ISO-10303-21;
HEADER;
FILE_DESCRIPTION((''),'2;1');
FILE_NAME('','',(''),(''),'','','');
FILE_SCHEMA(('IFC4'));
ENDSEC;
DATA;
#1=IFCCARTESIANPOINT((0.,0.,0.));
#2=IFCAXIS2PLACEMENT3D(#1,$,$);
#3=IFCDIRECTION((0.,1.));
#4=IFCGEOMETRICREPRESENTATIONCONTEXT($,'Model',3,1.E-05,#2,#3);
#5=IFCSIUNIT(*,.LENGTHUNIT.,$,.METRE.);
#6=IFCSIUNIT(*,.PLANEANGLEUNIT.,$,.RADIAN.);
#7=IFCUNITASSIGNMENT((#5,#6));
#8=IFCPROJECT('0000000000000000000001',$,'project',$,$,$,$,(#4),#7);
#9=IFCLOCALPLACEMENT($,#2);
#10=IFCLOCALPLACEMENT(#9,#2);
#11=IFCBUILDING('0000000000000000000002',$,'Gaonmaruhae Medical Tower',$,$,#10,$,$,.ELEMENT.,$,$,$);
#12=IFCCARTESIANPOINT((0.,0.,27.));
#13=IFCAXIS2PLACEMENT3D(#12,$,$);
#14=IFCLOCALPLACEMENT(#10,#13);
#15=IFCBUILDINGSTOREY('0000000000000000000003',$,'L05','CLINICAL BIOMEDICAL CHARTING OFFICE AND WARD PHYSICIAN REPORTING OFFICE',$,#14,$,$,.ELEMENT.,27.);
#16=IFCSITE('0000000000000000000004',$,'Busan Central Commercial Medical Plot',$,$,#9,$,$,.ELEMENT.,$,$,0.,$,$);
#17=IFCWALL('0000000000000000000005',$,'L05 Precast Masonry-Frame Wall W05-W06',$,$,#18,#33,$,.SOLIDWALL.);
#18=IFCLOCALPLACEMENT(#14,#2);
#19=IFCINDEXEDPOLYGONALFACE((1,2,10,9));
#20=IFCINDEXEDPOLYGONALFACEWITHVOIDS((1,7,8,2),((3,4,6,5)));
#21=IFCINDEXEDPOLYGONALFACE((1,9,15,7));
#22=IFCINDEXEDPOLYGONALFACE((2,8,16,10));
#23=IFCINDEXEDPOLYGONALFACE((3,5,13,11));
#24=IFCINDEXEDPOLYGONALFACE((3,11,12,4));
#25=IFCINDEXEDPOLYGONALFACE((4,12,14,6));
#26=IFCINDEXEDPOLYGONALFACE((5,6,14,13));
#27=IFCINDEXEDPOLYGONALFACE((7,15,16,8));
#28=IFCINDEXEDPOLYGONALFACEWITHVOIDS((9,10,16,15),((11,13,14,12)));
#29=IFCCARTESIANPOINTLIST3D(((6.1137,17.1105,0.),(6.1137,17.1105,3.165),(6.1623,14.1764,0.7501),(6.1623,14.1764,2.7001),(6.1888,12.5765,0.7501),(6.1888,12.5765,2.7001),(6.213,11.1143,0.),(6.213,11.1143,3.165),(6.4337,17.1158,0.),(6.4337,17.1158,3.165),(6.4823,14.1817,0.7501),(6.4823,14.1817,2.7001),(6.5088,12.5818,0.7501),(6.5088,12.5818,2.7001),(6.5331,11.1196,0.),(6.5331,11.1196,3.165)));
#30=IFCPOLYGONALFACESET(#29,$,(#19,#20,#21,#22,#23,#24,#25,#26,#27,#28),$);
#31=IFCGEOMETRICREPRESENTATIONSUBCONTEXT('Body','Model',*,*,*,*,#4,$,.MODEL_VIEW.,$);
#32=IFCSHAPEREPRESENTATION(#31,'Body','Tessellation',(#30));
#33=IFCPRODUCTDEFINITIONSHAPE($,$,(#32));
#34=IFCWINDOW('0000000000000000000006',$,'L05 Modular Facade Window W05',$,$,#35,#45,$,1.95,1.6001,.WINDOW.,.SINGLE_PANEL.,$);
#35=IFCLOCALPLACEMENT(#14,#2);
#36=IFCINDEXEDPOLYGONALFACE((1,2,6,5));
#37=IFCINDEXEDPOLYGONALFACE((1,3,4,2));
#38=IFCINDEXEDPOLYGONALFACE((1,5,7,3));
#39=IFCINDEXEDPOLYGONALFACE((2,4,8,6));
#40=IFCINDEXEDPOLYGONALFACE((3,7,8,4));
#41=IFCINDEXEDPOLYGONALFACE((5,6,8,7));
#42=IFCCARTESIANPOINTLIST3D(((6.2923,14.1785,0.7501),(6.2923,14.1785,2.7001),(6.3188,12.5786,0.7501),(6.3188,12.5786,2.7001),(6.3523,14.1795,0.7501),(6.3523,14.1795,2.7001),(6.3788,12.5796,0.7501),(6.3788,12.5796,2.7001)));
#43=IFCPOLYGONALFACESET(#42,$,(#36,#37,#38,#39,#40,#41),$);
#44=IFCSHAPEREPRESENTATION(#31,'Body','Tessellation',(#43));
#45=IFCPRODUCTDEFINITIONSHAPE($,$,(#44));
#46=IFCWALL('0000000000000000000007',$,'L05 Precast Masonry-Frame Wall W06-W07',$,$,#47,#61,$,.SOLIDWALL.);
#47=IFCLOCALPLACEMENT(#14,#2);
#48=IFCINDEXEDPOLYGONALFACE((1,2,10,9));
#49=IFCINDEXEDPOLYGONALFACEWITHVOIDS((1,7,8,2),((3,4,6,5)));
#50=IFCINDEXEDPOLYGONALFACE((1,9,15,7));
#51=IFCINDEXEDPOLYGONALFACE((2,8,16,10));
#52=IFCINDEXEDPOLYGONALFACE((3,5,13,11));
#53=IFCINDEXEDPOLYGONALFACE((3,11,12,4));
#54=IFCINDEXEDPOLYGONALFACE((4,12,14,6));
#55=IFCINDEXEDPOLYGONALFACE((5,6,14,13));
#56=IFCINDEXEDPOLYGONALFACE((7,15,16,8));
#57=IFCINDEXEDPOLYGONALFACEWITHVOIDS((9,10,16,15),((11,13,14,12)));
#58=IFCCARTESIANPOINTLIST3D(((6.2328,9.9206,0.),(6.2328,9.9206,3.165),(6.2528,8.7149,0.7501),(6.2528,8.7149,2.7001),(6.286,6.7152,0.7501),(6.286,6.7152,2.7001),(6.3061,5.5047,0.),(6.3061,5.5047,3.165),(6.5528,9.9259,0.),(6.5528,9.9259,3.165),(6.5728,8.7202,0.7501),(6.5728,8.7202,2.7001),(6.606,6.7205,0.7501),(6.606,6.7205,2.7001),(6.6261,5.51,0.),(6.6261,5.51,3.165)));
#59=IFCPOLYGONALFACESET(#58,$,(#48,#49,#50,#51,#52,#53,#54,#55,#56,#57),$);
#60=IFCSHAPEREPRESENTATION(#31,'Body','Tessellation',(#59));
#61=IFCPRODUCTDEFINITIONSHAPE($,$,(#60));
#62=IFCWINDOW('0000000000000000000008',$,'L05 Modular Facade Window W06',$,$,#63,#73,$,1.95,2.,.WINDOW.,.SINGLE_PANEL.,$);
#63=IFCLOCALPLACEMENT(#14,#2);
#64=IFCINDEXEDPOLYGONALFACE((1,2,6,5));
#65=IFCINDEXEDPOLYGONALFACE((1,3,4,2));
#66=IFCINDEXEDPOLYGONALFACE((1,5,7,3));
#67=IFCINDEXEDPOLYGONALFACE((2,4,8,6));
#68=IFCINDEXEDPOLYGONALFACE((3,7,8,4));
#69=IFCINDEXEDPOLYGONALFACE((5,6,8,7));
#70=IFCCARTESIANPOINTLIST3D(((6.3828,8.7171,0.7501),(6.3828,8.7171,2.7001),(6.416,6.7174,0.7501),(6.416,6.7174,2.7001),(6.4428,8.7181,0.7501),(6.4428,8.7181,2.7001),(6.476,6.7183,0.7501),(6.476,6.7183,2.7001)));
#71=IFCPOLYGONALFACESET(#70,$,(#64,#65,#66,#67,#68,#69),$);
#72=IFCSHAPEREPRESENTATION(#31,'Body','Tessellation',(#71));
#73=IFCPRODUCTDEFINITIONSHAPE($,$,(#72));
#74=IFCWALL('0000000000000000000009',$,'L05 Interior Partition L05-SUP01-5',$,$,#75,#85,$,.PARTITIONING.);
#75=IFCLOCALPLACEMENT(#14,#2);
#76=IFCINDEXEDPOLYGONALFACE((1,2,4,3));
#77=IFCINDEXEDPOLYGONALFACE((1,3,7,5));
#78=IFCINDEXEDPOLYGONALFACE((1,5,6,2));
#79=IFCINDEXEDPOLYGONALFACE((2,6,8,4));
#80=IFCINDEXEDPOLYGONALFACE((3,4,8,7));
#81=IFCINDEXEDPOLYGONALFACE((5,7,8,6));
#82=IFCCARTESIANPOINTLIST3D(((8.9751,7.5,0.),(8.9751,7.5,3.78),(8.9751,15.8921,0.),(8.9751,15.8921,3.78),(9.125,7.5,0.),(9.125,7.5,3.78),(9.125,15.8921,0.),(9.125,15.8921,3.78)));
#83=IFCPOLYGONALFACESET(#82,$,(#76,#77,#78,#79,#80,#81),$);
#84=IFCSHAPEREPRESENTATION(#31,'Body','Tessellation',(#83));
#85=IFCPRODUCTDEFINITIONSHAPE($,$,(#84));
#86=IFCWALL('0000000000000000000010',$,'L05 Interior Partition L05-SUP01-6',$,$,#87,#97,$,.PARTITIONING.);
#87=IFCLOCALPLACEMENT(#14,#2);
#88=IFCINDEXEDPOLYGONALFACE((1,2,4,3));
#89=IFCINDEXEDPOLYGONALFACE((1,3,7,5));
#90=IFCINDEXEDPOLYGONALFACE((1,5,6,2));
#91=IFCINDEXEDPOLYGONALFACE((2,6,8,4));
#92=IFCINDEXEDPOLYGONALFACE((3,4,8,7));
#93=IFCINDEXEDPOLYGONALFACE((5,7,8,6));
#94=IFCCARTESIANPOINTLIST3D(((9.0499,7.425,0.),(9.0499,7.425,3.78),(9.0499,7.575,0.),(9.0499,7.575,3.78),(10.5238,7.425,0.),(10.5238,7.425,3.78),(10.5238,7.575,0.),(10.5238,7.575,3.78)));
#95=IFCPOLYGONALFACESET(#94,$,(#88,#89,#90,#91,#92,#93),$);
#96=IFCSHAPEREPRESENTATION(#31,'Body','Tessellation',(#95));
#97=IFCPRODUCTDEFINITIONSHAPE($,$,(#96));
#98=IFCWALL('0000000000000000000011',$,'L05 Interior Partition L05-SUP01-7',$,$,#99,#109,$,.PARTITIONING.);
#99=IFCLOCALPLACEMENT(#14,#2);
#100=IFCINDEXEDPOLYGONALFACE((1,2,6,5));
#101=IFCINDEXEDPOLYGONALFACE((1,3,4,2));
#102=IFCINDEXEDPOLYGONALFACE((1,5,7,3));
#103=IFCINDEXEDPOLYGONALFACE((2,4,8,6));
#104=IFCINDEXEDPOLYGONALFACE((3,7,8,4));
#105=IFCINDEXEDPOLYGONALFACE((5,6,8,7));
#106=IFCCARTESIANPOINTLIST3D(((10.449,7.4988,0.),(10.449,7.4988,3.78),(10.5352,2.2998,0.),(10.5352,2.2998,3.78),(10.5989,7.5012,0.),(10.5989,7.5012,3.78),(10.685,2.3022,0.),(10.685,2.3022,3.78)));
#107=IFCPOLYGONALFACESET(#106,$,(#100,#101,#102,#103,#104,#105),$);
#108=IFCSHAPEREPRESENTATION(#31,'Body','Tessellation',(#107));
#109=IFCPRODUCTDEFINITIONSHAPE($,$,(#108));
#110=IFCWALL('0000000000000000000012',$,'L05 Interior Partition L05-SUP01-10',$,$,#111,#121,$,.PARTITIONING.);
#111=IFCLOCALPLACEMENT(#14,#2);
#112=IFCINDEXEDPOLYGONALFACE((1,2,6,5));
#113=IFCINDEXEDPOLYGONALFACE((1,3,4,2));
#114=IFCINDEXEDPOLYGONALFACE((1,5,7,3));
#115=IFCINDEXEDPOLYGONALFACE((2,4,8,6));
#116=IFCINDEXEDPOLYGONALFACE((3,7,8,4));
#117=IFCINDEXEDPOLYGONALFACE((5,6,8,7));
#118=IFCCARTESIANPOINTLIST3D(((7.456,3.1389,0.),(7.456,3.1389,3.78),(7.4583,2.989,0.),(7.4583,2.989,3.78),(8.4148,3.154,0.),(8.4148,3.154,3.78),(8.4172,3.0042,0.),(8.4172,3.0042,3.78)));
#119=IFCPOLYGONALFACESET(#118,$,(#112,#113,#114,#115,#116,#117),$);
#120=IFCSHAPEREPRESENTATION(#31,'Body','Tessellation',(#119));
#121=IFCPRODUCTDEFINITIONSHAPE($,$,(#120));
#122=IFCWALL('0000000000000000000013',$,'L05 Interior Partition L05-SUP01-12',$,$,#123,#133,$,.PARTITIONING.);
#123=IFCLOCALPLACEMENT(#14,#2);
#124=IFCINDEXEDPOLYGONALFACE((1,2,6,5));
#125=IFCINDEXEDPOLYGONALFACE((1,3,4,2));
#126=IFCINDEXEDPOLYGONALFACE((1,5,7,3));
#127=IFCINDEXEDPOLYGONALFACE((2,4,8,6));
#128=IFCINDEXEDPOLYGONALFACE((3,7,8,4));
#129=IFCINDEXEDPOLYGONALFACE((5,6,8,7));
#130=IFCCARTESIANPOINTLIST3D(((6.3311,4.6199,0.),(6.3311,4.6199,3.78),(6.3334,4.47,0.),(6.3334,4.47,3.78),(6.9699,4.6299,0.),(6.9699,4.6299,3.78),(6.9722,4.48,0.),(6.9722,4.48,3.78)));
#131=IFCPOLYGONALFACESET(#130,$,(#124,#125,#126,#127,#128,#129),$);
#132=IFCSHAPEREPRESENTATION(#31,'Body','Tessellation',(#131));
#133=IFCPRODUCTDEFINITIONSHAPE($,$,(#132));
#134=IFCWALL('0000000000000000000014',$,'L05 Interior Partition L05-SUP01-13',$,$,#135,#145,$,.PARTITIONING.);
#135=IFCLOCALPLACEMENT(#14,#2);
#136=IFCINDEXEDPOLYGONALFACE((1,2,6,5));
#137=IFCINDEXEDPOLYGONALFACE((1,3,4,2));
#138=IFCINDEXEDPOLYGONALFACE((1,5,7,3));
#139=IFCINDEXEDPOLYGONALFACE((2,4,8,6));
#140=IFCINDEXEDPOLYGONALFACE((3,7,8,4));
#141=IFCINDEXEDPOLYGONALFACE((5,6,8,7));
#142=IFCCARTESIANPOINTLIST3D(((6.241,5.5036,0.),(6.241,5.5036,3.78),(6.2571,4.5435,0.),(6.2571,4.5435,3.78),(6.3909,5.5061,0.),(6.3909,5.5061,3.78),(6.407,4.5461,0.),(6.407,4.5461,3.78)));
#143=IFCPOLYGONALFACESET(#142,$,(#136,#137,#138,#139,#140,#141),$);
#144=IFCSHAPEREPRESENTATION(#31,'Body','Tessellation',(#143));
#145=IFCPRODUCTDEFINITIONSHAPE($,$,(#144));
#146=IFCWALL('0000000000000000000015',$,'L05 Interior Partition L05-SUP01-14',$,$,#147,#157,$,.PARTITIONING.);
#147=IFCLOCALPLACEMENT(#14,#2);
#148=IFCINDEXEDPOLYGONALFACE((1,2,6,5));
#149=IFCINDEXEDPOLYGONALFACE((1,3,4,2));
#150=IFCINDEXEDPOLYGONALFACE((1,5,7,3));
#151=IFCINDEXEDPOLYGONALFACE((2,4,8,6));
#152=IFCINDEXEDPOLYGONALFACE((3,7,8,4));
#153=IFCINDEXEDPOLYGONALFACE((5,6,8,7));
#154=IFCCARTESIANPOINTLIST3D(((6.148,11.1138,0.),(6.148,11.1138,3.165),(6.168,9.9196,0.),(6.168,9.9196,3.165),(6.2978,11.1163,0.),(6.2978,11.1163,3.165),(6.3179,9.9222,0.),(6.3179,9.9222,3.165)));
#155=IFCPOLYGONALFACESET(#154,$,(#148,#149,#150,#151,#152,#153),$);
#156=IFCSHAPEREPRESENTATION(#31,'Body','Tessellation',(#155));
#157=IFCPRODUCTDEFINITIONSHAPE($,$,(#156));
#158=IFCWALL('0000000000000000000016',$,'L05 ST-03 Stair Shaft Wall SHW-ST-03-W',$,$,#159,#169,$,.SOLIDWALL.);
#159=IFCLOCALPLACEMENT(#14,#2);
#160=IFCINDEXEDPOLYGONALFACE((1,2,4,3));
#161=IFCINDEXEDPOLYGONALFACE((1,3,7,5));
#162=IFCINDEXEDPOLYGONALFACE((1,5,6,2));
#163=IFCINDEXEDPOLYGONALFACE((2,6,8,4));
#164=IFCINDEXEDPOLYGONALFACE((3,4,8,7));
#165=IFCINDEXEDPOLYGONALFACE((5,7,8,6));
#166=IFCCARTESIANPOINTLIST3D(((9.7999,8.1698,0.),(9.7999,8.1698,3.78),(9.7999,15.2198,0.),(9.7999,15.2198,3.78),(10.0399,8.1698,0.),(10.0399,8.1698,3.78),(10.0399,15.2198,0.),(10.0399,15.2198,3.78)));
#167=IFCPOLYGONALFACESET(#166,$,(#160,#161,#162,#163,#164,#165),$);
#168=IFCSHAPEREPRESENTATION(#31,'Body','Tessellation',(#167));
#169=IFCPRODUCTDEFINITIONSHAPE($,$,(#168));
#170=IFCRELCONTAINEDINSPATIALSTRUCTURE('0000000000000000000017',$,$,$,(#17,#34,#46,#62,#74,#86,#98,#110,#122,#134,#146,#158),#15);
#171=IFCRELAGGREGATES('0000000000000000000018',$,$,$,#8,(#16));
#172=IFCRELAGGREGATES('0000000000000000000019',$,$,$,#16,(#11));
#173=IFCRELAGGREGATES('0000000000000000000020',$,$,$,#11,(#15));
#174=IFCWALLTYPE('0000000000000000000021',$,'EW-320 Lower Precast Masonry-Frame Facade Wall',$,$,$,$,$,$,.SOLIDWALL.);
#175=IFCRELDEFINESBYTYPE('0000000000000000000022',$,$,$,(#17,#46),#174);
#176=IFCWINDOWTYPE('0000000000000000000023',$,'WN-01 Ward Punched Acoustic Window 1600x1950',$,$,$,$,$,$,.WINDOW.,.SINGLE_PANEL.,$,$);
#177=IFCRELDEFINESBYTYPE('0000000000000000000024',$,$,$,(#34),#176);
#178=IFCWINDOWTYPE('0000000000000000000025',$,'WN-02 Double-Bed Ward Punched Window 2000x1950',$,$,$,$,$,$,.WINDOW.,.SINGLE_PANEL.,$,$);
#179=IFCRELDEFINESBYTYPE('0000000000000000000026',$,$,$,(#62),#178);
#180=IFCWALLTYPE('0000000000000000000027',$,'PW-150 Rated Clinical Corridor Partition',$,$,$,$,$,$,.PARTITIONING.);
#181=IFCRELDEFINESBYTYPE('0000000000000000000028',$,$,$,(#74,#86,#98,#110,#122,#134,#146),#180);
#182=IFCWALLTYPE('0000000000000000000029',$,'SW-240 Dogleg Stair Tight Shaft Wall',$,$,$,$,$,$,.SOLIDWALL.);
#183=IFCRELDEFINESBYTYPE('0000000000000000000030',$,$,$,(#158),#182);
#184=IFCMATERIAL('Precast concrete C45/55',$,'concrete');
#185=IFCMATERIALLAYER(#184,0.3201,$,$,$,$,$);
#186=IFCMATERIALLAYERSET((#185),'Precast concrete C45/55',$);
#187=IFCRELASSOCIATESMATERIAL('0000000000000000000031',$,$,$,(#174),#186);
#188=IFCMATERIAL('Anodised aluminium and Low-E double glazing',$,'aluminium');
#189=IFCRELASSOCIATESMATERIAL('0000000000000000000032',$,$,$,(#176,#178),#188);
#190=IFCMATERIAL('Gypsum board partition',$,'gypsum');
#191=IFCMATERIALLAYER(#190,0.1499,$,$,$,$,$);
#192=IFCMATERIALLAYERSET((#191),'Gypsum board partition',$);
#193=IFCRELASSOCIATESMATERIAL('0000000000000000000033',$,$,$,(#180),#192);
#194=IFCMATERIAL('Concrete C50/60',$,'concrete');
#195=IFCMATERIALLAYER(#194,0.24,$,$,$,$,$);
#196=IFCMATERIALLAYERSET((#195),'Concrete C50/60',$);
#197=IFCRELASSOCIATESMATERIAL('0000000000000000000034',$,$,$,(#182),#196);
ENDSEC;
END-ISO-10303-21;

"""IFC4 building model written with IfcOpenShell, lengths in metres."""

from ifc_helpers import new_model, si_unit, direction, frame, frame_2d, origin, place, context, subcontext, project, spatial, rectangle, extrude, material, layer, layer_set, type_object, element, fill, save


model = new_model("IFC4")

# Units and contexts
model_context = context("Model", 3, precision=1e-05, world=origin(), true_north=direction((0.0, 1.0)))
body_context = subcontext(model_context, "Body", "Model", "MODEL_VIEW")
ifc_project = project(units=[si_unit("LENGTHUNIT", "METRE"), si_unit("PLANEANGLEUNIT", "RADIAN")], contexts=[model_context])

# Site, building, storey
site_placement = place(None, origin())
site = spatial("IfcSite", under=ifc_project, at=site_placement, Name="Busan Central Commercial Medical Plot", CompositionType="ELEMENT", RefElevation=0.0)
building_placement = place(site_placement, origin())
building = spatial("IfcBuilding", under=site, at=building_placement, Name="Gaonmaruhae Medical Tower", CompositionType="ELEMENT")
storey_placement = place(building_placement, frame((0.0, 0.0, 27.0)))
storey = spatial("IfcBuildingStorey", under=building, at=storey_placement, Name="L05", Description="CLINICAL BIOMEDICAL CHARTING OFFICE AND WARD PHYSICIAN REPORTING OFFICE", CompositionType="ELEMENT", Elevation=27.0)

# Walls, openings, windows
ifc_material_1 = material(Name="Precast concrete C45/55", Category="concrete")
ifc_layer_1 = layer(ifc_material_1, 0.3201)
ifc_layer_set_1 = layer_set([ifc_layer_1], Name="Precast concrete C45/55")
wall_type_1 = type_object("IfcWallType", Name="EW-320 Lower Precast Masonry-Frame Facade Wall", PredefinedType="SOLIDWALL", material=ifc_layer_set_1)
wall_1_placement = place(storey_placement, frame((6.373, 11.1169, 0.0), z_axis=(0.0, 0.0, 1.0), x_axis=(-0.016569, 0.999863, 0.0)))
wall_1 = element("IfcWall", 1, at=wall_1_placement, inside=storey, type_object=wall_type_1, Name="L05 Precast Masonry-Frame Wall W05-W06", PredefinedType="SOLIDWALL", context=body_context, shape_type="SweptSolid", body=[
    extrude(rectangle(XDim=5.9971, YDim=0.3201, at=frame_2d((2.9985, 0.0))), origin(), (0.0, 0.0, 1.0), 3.165),
])
opening_1_placement = place(wall_1_placement, frame((1.4624, 0.0, 0.75)))
opening_1 = element("IfcOpeningElement", 2, at=opening_1_placement, cuts=wall_1, PredefinedType="OPENING", context=body_context, shape_type="SweptSolid", body=[
    extrude(rectangle(XDim=1.6001, YDim=1.95, at=frame_2d((0.8, 0.9751))), frame((0.0, 0.1699, 0.0), z_axis=(0.0, -1.0, 0.0), x_axis=(1.0, 0.0, 0.0)), (0.0, 0.0, 1.0), 0.3401),
])
ifc_material_2 = material(Name="Anodised aluminium and Low-E double glazing", Category="aluminium")
window_type_1 = type_object("IfcWindowType", Name="WN-01 Ward Punched Acoustic Window 1600x1950", PartitioningType="SINGLE_PANEL", PredefinedType="WINDOW", material=ifc_material_2)
window_1_placement = place(opening_1_placement, origin())
window_1 = element("IfcWindow", 3, at=window_1_placement, inside=storey, type_object=window_type_1, Name="L05 Modular Facade Window W05", OverallHeight=1.95, OverallWidth=1.6001, PartitioningType="SINGLE_PANEL", PredefinedType="WINDOW", context=body_context, shape_type="SweptSolid", body=[
    extrude(rectangle(XDim=1.6001, YDim=1.95, at=frame_2d((0.8, 0.9751))), frame((0.0, 0.03, 0.0), z_axis=(0.0, -1.0, 0.0), x_axis=(1.0, 0.0, 0.0)), (0.0, 0.0, 1.0), 0.0601),
])
fill(opening_1, window_1)
wall_2_placement = place(storey_placement, frame((6.4661, 5.5073, 0.0), z_axis=(0.0, 0.0, 1.0), x_axis=(-0.016583, 0.999862, 0.0)))
wall_2 = element("IfcWall", 4, at=wall_2_placement, inside=storey, type_object=wall_type_1, Name="L05 Precast Masonry-Frame Wall W06-W07", PredefinedType="SOLIDWALL", context=body_context, shape_type="SweptSolid", body=[
    extrude(rectangle(XDim=4.4165, YDim=0.3201, at=frame_2d((2.2083, 0.0))), origin(), (0.0, 0.0, 1.0), 3.165),
])
opening_2_placement = place(wall_2_placement, frame((1.2107, 0.0, 0.75)))
opening_2 = element("IfcOpeningElement", 5, at=opening_2_placement, cuts=wall_2, PredefinedType="OPENING", context=body_context, shape_type="SweptSolid", body=[
    extrude(rectangle(XDim=2.0, YDim=1.95, at=frame_2d((1.0, 0.9751))), frame((0.0, 0.1699, 0.0), z_axis=(0.0, -1.0, 0.0), x_axis=(1.0, 0.0, 0.0)), (0.0, 0.0, 1.0), 0.3401),
])
window_type_2 = type_object("IfcWindowType", Name="WN-02 Double-Bed Ward Punched Window 2000x1950", PartitioningType="SINGLE_PANEL", PredefinedType="WINDOW", material=ifc_material_2)
window_2_placement = place(opening_2_placement, origin())
window_2 = element("IfcWindow", 6, at=window_2_placement, inside=storey, type_object=window_type_2, Name="L05 Modular Facade Window W06", OverallHeight=1.95, OverallWidth=2.0, PartitioningType="SINGLE_PANEL", PredefinedType="WINDOW", context=body_context, shape_type="SweptSolid", body=[
    extrude(rectangle(XDim=2.0, YDim=1.95, at=frame_2d((1.0, 0.9751))), frame((0.0, 0.03, 0.0), z_axis=(0.0, -1.0, 0.0), x_axis=(1.0, 0.0, 0.0)), (0.0, 0.0, 1.0), 0.0601),
])
fill(opening_2, window_2)

# Walls
ifc_material_3 = material(Name="Gypsum board partition", Category="gypsum")
ifc_layer_2 = layer(ifc_material_3, 0.1499)
ifc_layer_set_2 = layer_set([ifc_layer_2], Name="Gypsum board partition")
wall_type_2 = type_object("IfcWallType", Name="PW-150 Rated Clinical Corridor Partition", PredefinedType="PARTITIONING", material=ifc_layer_set_2)
wall_3_placement = place(storey_placement, frame((9.05, 15.8921, 0.0), z_axis=(0.0, 0.0, 1.0), x_axis=(0.0, -1.0, 0.0)))
element("IfcWall", 7, at=wall_3_placement, inside=storey, type_object=wall_type_2, Name="L05 Interior Partition L05-SUP01-5", PredefinedType="PARTITIONING", context=body_context, shape_type="SweptSolid", body=[
    extrude(rectangle(XDim=8.3921, YDim=0.1499, at=frame_2d((4.196, 0.0))), origin(), (0.0, 0.0, 1.0), 3.78),
])
wall_4_placement = place(storey_placement, frame((9.05, 7.5, 0.0), z_axis=(0.0, 0.0, 1.0), x_axis=(1.0, 0.0, 0.0)))
element("IfcWall", 8, at=wall_4_placement, inside=storey, type_object=wall_type_2, Name="L05 Interior Partition L05-SUP01-6", PredefinedType="PARTITIONING", context=body_context, shape_type="SweptSolid", body=[
    extrude(rectangle(XDim=1.4739, YDim=0.1499, at=frame_2d((0.7368, 0.0))), origin(), (0.0, 0.0, 1.0), 3.78),
])
wall_5_placement = place(storey_placement, frame((10.5239, 7.5, 0.0), z_axis=(0.0, 0.0, 1.0), x_axis=(0.016574, -0.999863, 0.0)))
element("IfcWall", 9, at=wall_5_placement, inside=storey, type_object=wall_type_2, Name="L05 Interior Partition L05-SUP01-7", PredefinedType="PARTITIONING", context=body_context, shape_type="SweptSolid", body=[
    extrude(rectangle(XDim=5.1997, YDim=0.1499, at=frame_2d((2.5999, 0.0))), origin(), (0.0, 0.0, 1.0), 3.78),
])
wall_6_placement = place(storey_placement, frame((8.416, 3.0791, 0.0), z_axis=(0.0, 0.0, 1.0), x_axis=(-0.999875, -0.015782, 0.0)))
element("IfcWall", 10, at=wall_6_placement, inside=storey, type_object=wall_type_2, Name="L05 Interior Partition L05-SUP01-10", PredefinedType="PARTITIONING", context=body_context, shape_type="SweptSolid", body=[
    extrude(rectangle(XDim=0.959, YDim=0.1499, at=frame_2d((0.4795, 0.0))), origin(), (0.0, 0.0, 1.0), 3.78),
])
wall_7_placement = place(storey_placement, frame((6.9709, 4.5549, 0.0), z_axis=(0.0, 0.0, 1.0), x_axis=(-0.999877, -0.015665, 0.0)))
element("IfcWall", 11, at=wall_7_placement, inside=storey, type_object=wall_type_2, Name="L05 Interior Partition L05-SUP01-12", PredefinedType="PARTITIONING", context=body_context, shape_type="SweptSolid", body=[
    extrude(rectangle(XDim=0.6389, YDim=0.1499, at=frame_2d((0.3193, 0.0))), origin(), (0.0, 0.0, 1.0), 3.78),
])
wall_8_placement = place(storey_placement, frame((6.332, 4.5449, 0.0), z_axis=(0.0, 0.0, 1.0), x_axis=(-0.016783, 0.999859, 0.0)))
element("IfcWall", 12, at=wall_8_placement, inside=storey, type_object=wall_type_2, Name="L05 Interior Partition L05-SUP01-13", PredefinedType="PARTITIONING", context=body_context, shape_type="SweptSolid", body=[
    extrude(rectangle(XDim=0.9602, YDim=0.1499, at=frame_2d((0.48, 0.0))), origin(), (0.0, 0.0, 1.0), 3.78),
])
wall_9_placement = place(storey_placement, frame((6.2429, 9.9209, 0.0), z_axis=(0.0, 0.0, 1.0), x_axis=(-0.016763, 0.999859, 0.0)))
element("IfcWall", 13, at=wall_9_placement, inside=storey, type_object=wall_type_2, Name="L05 Interior Partition L05-SUP01-14", PredefinedType="PARTITIONING", context=body_context, shape_type="SweptSolid", body=[
    extrude(rectangle(XDim=1.1943, YDim=0.1499, at=frame_2d((0.5972, 0.0))), origin(), (0.0, 0.0, 1.0), 3.165),
])

# Shared definitions
ifc_material_4 = material(Name="Concrete C50/60", Category="concrete")
ifc_layer_3 = layer(ifc_material_4, 0.24)
ifc_layer_set_3 = layer_set([ifc_layer_3], Name="Concrete C50/60")
wall_type_3 = type_object("IfcWallType", Name="SW-240 Dogleg Stair Tight Shaft Wall", PredefinedType="SOLIDWALL", material=ifc_layer_set_3)

# Wall
wall_10_placement = place(storey_placement, frame((9.9199, 8.1699, 0.0), z_axis=(0.0, 0.0, 1.0), x_axis=(0.0, 1.0, 0.0)))
element("IfcWall", 14, at=wall_10_placement, inside=storey, type_object=wall_type_3, Name="L05 ST-03 Stair Shaft Wall SHW-ST-03-W", PredefinedType="SOLIDWALL", context=body_context, shape_type="SweptSolid", body=[
    extrude(rectangle(XDim=7.05, YDim=0.24, at=frame_2d((3.5249, 0.0))), origin(), (0.0, 0.0, 1.0), 3.78),
])

save(model, "model.ifc")
